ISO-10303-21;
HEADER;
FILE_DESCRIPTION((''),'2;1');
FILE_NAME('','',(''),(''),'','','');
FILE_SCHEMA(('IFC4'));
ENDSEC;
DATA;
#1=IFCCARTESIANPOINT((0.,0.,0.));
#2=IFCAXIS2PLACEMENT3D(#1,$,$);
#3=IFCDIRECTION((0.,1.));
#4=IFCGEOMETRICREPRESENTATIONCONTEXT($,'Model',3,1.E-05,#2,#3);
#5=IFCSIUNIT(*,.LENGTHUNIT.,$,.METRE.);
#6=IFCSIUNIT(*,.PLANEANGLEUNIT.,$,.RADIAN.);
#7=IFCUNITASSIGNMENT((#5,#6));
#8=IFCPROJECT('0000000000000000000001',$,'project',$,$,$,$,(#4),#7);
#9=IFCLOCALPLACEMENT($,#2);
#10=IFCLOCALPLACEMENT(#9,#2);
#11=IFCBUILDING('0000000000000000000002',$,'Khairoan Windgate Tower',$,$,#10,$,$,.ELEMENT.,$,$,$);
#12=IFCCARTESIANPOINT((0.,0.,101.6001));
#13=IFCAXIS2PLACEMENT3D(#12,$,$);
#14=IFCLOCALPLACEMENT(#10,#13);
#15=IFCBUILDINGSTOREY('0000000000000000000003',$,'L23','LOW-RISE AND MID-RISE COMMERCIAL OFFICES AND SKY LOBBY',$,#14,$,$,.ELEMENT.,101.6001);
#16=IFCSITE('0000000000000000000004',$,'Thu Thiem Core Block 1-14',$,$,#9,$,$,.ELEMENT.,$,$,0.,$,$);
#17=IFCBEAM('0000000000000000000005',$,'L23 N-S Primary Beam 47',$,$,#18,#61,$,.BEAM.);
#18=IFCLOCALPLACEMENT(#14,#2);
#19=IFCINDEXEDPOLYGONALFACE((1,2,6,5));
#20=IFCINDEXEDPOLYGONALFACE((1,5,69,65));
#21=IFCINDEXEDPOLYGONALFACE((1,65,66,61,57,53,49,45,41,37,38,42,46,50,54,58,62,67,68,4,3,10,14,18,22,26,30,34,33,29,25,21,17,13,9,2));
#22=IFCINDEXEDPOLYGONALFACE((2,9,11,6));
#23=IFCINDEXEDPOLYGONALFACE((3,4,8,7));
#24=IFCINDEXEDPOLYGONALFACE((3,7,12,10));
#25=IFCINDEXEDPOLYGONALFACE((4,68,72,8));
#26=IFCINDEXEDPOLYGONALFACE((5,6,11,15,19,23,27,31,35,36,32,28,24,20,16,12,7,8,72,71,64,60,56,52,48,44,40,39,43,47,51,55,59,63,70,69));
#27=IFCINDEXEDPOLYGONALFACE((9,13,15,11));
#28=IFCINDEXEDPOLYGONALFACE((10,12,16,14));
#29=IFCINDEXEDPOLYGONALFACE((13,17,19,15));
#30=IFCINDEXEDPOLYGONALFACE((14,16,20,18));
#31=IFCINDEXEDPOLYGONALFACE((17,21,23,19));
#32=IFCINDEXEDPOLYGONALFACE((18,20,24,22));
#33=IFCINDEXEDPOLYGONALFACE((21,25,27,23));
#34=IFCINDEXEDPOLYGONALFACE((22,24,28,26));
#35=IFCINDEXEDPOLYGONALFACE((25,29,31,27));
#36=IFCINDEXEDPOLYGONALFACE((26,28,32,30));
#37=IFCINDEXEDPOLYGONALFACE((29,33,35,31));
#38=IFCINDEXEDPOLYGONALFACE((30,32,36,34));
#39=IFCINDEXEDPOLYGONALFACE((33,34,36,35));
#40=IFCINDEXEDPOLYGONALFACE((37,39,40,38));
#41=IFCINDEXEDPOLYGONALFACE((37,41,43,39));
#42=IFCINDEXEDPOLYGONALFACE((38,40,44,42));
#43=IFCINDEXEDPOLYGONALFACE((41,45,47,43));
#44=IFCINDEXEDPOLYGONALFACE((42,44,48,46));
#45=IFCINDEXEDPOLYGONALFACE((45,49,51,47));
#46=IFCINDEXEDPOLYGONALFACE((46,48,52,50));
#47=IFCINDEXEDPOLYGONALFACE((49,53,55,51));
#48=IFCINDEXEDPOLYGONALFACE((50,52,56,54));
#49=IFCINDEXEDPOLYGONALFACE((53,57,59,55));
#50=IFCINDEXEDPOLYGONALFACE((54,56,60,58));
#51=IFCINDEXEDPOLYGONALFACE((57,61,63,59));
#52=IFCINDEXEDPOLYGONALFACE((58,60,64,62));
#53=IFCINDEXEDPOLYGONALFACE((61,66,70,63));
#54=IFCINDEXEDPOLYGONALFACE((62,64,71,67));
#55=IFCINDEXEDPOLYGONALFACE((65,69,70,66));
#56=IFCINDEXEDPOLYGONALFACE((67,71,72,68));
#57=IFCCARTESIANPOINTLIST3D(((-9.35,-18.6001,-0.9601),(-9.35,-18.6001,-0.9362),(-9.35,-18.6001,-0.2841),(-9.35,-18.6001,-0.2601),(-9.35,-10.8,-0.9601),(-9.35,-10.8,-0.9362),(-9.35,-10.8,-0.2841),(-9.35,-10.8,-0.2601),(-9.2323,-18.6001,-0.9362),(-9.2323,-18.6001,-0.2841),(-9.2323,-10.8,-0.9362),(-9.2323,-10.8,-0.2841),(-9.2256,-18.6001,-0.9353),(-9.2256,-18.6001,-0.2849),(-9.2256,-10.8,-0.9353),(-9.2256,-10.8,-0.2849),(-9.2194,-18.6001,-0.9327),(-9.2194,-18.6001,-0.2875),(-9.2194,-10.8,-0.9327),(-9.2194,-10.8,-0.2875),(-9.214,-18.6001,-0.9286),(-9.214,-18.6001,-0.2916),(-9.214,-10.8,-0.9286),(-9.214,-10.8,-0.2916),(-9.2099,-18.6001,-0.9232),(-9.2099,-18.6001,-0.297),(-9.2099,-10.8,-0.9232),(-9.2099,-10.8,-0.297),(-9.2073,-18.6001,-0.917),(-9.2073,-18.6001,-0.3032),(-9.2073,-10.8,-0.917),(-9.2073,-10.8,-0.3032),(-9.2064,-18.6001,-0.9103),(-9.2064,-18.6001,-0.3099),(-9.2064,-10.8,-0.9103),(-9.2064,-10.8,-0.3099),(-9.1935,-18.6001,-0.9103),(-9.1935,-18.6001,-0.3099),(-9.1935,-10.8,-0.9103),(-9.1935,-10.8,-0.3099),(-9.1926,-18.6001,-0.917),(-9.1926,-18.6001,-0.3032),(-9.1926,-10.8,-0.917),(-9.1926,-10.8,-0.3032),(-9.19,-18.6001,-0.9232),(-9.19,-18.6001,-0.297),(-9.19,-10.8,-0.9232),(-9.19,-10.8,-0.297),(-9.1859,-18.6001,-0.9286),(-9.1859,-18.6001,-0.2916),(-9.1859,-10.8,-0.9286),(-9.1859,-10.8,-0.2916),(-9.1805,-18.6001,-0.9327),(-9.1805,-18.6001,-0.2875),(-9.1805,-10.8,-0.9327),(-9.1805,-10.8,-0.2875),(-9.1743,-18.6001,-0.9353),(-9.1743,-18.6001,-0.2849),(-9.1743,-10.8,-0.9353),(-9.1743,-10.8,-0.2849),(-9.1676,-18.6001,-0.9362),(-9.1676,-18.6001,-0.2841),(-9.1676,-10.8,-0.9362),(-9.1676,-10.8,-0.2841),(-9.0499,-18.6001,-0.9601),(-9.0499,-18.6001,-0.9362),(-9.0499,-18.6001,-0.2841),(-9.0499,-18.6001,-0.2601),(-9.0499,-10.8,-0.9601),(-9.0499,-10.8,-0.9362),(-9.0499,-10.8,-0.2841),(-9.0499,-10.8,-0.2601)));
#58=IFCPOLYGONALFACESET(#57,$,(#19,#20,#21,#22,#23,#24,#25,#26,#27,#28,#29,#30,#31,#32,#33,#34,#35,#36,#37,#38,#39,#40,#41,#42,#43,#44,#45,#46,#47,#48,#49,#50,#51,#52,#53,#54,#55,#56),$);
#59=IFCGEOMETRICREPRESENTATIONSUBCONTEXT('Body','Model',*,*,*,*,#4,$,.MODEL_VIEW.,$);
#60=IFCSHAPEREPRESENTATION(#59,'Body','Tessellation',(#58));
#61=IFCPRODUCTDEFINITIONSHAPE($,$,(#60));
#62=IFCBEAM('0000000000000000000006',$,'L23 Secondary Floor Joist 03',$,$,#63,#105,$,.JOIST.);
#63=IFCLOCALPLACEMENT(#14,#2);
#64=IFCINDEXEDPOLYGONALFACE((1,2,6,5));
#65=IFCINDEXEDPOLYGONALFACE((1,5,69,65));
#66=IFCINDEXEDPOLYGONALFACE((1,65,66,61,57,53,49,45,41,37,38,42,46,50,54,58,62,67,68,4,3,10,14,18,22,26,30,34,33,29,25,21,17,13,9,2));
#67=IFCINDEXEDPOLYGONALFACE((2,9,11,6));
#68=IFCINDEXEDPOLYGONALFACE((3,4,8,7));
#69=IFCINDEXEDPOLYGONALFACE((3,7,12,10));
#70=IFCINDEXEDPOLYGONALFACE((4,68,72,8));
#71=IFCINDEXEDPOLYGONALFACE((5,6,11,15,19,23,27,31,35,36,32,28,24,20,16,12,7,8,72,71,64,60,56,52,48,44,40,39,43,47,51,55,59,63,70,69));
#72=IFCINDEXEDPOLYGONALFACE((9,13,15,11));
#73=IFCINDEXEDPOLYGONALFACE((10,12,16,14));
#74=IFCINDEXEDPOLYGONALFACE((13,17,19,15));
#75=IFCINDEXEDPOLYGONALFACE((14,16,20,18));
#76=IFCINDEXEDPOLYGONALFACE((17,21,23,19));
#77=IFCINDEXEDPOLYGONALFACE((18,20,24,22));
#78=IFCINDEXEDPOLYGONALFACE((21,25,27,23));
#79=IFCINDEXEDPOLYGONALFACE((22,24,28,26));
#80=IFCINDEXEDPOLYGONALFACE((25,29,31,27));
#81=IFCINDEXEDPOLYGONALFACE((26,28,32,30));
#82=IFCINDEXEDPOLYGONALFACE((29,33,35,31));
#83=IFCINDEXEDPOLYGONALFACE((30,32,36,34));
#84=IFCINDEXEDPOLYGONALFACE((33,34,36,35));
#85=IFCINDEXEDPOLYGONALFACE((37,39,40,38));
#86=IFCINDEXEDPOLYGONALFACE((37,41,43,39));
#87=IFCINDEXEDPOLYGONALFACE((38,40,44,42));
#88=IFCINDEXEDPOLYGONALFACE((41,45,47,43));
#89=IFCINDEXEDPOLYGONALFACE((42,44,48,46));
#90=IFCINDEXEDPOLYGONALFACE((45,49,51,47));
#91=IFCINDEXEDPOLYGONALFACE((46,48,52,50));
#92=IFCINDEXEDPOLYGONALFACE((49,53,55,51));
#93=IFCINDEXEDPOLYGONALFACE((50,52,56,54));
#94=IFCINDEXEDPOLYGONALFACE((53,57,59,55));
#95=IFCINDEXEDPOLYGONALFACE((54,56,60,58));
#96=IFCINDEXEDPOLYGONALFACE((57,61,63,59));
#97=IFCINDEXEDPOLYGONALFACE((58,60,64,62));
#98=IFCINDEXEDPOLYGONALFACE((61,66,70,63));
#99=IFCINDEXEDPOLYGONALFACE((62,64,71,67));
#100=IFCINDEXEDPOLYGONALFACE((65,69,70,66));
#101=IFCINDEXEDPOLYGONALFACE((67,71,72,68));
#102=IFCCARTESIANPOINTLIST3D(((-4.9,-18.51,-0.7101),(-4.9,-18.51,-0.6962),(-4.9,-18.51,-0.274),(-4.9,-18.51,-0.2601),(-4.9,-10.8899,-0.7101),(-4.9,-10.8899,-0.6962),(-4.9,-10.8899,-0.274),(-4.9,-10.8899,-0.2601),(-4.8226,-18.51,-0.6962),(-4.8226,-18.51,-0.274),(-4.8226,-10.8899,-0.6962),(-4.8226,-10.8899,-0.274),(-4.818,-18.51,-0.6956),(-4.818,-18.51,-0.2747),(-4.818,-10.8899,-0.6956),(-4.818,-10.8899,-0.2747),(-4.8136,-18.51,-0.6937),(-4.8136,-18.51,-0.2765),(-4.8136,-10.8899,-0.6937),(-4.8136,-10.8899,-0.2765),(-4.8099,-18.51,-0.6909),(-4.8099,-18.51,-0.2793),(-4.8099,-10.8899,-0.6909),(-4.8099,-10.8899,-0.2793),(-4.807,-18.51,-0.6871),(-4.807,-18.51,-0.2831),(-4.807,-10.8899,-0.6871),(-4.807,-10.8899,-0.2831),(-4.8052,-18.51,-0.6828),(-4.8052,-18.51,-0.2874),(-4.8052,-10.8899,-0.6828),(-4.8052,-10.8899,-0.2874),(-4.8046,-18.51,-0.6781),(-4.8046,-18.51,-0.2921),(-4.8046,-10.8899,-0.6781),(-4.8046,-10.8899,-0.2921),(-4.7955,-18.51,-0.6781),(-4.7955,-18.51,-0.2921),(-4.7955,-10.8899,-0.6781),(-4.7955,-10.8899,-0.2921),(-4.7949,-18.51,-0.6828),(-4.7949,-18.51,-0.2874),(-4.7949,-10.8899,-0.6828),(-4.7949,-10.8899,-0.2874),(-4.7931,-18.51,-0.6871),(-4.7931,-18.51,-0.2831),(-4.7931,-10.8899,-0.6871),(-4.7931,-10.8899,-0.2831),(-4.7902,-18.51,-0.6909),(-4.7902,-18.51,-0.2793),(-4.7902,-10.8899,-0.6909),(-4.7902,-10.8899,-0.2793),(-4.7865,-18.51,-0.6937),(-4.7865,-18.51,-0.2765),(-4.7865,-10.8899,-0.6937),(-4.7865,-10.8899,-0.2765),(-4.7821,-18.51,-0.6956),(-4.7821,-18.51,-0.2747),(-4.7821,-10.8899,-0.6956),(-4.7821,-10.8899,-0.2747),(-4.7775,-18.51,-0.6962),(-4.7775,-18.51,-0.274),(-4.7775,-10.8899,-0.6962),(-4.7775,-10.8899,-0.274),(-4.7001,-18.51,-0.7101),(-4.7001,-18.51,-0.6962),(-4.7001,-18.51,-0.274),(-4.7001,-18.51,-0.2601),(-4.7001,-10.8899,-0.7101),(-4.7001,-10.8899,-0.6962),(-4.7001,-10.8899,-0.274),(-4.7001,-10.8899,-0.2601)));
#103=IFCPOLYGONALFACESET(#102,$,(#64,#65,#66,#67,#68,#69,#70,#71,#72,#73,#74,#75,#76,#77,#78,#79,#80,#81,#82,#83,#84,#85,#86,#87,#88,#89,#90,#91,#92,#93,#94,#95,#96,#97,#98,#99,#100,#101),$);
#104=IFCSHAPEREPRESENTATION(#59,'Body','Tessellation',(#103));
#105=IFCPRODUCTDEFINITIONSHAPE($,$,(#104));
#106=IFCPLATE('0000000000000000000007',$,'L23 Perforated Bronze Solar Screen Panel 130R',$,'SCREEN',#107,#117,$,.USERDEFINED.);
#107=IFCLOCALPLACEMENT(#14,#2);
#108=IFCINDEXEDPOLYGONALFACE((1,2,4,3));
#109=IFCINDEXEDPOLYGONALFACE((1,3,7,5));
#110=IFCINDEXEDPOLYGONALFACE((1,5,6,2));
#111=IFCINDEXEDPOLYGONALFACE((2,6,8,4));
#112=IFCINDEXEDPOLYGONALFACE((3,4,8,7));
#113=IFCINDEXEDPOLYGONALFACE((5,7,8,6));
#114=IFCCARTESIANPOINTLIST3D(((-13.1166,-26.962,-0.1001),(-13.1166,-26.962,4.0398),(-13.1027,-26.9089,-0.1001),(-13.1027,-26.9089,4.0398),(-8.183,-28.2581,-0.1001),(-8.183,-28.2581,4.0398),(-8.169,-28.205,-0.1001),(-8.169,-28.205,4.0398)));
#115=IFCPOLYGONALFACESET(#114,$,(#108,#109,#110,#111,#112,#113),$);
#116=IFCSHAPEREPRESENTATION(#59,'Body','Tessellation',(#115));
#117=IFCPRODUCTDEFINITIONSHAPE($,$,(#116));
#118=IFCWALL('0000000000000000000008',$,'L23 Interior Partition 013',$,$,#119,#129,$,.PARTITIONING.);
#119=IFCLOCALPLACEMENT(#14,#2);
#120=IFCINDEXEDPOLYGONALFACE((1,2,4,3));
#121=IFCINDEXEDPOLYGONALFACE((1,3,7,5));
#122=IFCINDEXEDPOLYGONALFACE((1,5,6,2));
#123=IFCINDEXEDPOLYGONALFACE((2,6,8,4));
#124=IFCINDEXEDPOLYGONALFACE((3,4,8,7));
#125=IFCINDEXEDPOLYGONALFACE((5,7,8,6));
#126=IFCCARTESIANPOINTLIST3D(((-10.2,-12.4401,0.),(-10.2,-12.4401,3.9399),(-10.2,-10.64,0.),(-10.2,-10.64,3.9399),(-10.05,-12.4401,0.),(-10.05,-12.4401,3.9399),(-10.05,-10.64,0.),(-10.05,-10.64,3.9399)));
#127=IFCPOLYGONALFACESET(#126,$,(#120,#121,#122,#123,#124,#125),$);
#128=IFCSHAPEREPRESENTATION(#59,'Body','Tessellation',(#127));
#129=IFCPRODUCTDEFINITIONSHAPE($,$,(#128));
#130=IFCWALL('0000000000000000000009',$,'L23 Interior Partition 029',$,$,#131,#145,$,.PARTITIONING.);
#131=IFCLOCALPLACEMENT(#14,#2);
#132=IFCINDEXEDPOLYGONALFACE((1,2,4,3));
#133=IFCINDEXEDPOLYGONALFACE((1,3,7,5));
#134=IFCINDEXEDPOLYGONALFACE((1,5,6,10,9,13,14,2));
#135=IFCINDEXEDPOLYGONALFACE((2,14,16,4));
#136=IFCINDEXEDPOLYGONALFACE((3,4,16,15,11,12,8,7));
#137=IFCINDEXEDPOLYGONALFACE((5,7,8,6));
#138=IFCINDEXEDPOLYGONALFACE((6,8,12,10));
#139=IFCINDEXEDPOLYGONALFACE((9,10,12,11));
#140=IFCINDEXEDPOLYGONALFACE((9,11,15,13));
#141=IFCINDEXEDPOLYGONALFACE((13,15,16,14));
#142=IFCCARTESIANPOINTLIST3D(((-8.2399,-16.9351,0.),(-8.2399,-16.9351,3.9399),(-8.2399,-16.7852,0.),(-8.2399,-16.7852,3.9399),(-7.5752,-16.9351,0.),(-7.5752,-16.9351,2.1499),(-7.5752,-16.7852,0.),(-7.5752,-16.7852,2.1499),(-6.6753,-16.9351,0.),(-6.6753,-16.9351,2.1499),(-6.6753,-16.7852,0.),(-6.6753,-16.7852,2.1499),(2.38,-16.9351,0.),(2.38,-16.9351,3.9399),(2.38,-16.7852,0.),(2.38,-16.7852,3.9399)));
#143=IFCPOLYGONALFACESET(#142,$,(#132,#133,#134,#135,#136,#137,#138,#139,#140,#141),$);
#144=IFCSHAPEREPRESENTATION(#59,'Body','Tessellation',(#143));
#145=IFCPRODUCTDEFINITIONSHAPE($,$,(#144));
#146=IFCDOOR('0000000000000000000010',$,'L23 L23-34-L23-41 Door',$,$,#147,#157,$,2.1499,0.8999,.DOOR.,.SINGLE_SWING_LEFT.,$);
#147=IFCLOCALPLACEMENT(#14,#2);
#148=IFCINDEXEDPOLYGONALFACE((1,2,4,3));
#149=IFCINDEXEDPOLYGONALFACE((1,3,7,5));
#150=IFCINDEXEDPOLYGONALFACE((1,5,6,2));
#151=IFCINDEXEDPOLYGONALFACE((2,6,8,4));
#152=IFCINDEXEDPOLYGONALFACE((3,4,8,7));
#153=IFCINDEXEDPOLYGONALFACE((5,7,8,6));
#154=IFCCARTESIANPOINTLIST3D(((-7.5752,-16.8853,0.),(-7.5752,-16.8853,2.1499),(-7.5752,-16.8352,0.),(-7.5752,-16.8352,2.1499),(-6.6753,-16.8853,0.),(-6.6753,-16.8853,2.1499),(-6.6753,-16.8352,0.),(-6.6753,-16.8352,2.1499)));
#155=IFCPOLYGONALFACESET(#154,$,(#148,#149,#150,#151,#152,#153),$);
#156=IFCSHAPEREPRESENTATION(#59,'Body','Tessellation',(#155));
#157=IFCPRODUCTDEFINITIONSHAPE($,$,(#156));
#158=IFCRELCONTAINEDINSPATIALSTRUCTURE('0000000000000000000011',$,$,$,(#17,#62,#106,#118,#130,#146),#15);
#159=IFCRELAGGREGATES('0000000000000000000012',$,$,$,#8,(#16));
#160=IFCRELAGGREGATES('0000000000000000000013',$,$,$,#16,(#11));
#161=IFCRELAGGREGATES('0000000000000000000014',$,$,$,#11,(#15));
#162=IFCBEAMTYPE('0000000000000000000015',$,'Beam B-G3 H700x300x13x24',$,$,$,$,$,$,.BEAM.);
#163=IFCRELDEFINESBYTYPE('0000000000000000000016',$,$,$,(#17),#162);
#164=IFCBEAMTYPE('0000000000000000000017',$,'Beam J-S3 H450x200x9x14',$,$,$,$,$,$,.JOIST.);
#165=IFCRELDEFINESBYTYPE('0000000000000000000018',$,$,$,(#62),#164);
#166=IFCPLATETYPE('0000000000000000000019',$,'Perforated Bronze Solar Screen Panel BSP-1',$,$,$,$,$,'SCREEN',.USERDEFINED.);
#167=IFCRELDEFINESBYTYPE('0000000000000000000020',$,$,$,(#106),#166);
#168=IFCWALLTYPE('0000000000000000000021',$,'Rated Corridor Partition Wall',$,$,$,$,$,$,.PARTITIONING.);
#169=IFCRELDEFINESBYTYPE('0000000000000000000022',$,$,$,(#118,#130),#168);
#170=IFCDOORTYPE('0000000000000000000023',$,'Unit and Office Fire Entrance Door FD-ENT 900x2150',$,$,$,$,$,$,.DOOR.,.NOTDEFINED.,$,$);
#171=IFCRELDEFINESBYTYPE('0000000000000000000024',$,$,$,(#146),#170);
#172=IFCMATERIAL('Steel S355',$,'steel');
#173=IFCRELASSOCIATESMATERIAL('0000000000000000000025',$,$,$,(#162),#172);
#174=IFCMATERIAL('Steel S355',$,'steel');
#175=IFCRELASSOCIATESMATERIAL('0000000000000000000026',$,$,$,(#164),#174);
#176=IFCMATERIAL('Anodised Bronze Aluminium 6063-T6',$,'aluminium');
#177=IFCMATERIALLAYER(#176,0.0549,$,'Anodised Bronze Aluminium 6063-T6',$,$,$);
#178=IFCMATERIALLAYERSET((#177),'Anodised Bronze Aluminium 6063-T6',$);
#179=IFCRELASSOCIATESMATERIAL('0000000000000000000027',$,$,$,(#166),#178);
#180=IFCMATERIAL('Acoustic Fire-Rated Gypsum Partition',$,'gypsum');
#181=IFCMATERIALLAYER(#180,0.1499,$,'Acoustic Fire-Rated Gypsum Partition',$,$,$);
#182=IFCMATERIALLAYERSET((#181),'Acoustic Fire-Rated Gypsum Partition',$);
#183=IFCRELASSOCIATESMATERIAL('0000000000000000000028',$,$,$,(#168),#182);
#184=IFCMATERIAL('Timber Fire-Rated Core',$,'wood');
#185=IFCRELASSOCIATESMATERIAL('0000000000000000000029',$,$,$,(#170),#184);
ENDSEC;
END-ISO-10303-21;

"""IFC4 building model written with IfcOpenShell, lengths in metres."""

from ifc_helpers import new_model, si_unit, direction, frame, frame_2d, origin, origin_2d, place, context, subcontext, project, spatial, rectangle, i_section, extrude, material, layer, layer_set, material_profile, profile_set, type_object, element, fill, save


model = new_model("IFC4")

# Units and contexts
model_context = context("Model", 3, precision=1e-05, world=origin(), true_north=direction((0.0, 1.0)))
body_context = subcontext(model_context, "Body", "Model", "MODEL_VIEW")
ifc_project = project(units=[si_unit("LENGTHUNIT", "METRE"), si_unit("PLANEANGLEUNIT", "RADIAN")], contexts=[model_context])

# Site, building, storey
site_placement = place(None, origin())
site = spatial("IfcSite", under=ifc_project, at=site_placement, Name="Thu Thiem Core Block 1-14", CompositionType="ELEMENT", RefElevation=0.0)
building_placement = place(site_placement, origin())
building = spatial("IfcBuilding", under=site, at=building_placement, Name="Khairoan Windgate Tower", CompositionType="ELEMENT")
storey_placement = place(building_placement, frame((0.0, 0.0, 101.6001)))
storey = spatial("IfcBuildingStorey", under=building, at=storey_placement, Name="L23", Description="LOW-RISE AND MID-RISE COMMERCIAL OFFICES AND SKY LOBBY", CompositionType="ELEMENT", Elevation=101.6001)

# Beams
ifc_material_1 = material(Name="Steel S355", Category="steel")
ifc_material_profile_1 = material_profile(ifc_material_1, i_section(OverallWidth=0.3, OverallDepth=0.7, WebThickness=0.0129, FlangeThickness=0.0239, FilletRadius=0.0259, at=origin_2d()))
ifc_profile_set_1 = profile_set([ifc_material_profile_1], Name="Steel S355")
beam_type_1 = type_object("IfcBeamType", Name="Beam B-G3 H700x300x13x24", PredefinedType="BEAM", material=ifc_profile_set_1)
beam_1_placement = place(storey_placement, frame((-9.2, -18.6001, -0.6101), z_axis=(0.0, 1.0, 0.0), x_axis=(-1.0, 0.0, 0.0)))
element("IfcBeam", 1, at=beam_1_placement, inside=storey, type_object=beam_type_1, Name="L23 N-S Primary Beam 47", PredefinedType="BEAM", context=body_context, shape_type="SweptSolid", body=[
    extrude(i_section(OverallWidth=0.3, OverallDepth=0.7, WebThickness=0.0129, FlangeThickness=0.0239, FilletRadius=0.0259, at=origin_2d()), origin(), (0.0, 0.0, 1.0), 7.8),
])
ifc_material_2 = material(Name="Steel S355", Category="steel")
ifc_material_profile_2 = material_profile(ifc_material_2, i_section(OverallWidth=0.2, OverallDepth=0.45, WebThickness=0.009, FlangeThickness=0.0139, FilletRadius=0.0181, at=origin_2d()))
ifc_profile_set_2 = profile_set([ifc_material_profile_2], Name="Steel S355")
beam_type_2 = type_object("IfcBeamType", Name="Beam J-S3 H450x200x9x14", PredefinedType="JOIST", material=ifc_profile_set_2)
beam_2_placement = place(storey_placement, frame((-4.8, -18.51, -0.4851), z_axis=(0.0, 1.0, 0.0), x_axis=(-1.0, 0.0, 0.0)))
element("IfcBeam", 2, at=beam_2_placement, inside=storey, type_object=beam_type_2, Name="L23 Secondary Floor Joist 03", PredefinedType="JOIST", context=body_context, shape_type="SweptSolid", body=[
    extrude(i_section(OverallWidth=0.2, OverallDepth=0.45, WebThickness=0.009, FlangeThickness=0.0139, FilletRadius=0.0181, at=origin_2d()), origin(), (0.0, 0.0, 1.0), 7.6201),
])

# Plate
ifc_material_3 = material(Name="Anodised Bronze Aluminium 6063-T6", Category="aluminium")
ifc_layer_1 = layer(ifc_material_3, 0.0549, Name="Anodised Bronze Aluminium 6063-T6")
ifc_layer_set_1 = layer_set([ifc_layer_1], Name="Anodised Bronze Aluminium 6063-T6")
plate_type = type_object("IfcPlateType", Name="Perforated Bronze Solar Screen Panel BSP-1", ElementType="SCREEN", PredefinedType="USERDEFINED", material=ifc_layer_set_1)
plate_placement = place(storey_placement, frame((-10.6428, -27.5835, -0.1001), z_axis=(0.0, 0.0, 1.0), x_axis=(-0.967179, 0.254096, 0.0)))
element("IfcPlate", 3, at=plate_placement, inside=storey, type_object=plate_type, Name="L23 Perforated Bronze Solar Screen Panel 130R", ObjectType="SCREEN", PredefinedType="USERDEFINED", context=body_context, shape_type="SweptSolid", body=[
    extrude(rectangle(XDim=5.1011, YDim=0.0549, at=origin_2d()), origin(), (0.0, 0.0, 1.0), 4.1399),
])

# Wall
ifc_material_4 = material(Name="Acoustic Fire-Rated Gypsum Partition", Category="gypsum")
ifc_layer_2 = layer(ifc_material_4, 0.1499, Name="Acoustic Fire-Rated Gypsum Partition")
ifc_layer_set_2 = layer_set([ifc_layer_2], Name="Acoustic Fire-Rated Gypsum Partition")
wall_type_1 = type_object("IfcWallType", Name="Rated Corridor Partition Wall", PredefinedType="PARTITIONING", material=ifc_layer_set_2)
wall_1_placement = place(storey_placement, frame((-10.125, -12.4399, 0.0), z_axis=(0.0, 0.0, 1.0), x_axis=(0.0, 1.0, 0.0)))
element("IfcWall", 4, at=wall_1_placement, inside=storey, type_object=wall_type_1, Name="L23 Interior Partition 013", PredefinedType="PARTITIONING", context=body_context, shape_type="SweptSolid", body=[
    extrude(rectangle(XDim=1.8, YDim=0.1499, at=frame_2d((0.8999, 0.0))), origin(), (0.0, 0.0, 1.0), 3.9399),
])

# Wall, opening, door
wall_2_placement = place(storey_placement, frame((-8.24, -16.8601, 0.0), z_axis=(0.0, 0.0, 1.0), x_axis=(1.0, 0.0, 0.0)))
wall_2 = element("IfcWall", 5, at=wall_2_placement, inside=storey, type_object=wall_type_1, Name="L23 Interior Partition 029", PredefinedType="PARTITIONING", context=body_context, shape_type="SweptSolid", body=[
    extrude(rectangle(XDim=10.6199, YDim=0.1499, at=frame_2d((5.3101, 0.0))), origin(), (0.0, 0.0, 1.0), 3.9399),
])
opening_1_placement = place(wall_2_placement, frame((0.6648, 0.0, 0.0)))
opening_1 = element("IfcOpeningElement", 6, at=opening_1_placement, cuts=wall_2, PredefinedType="OPENING", context=body_context, shape_type="SweptSolid", body=[
    extrude(rectangle(XDim=0.8999, YDim=2.1499, at=frame_2d((0.45, 1.075))), frame((0.0, 0.085, 0.0), z_axis=(0.0, -1.0, 0.0), x_axis=(1.0, 0.0, 0.0)), (0.0, 0.0, 1.0), 0.1699),
])
ifc_material_5 = material(Name="Timber Fire-Rated Core", Category="wood")
door_type_1 = type_object("IfcDoorType", Name="Unit and Office Fire Entrance Door FD-ENT 900x2150", OperationType="NOTDEFINED", PredefinedType="DOOR", material=ifc_material_5)
door_1_placement = place(opening_1_placement, origin())
door_1 = element("IfcDoor", 7, at=door_1_placement, inside=storey, type_object=door_type_1, Name="L23 L23-34-L23-41 Door", OperationType="SINGLE_SWING_LEFT", OverallHeight=2.1499, OverallWidth=0.8999, PredefinedType="DOOR", context=body_context, shape_type="SweptSolid", body=[
    extrude(rectangle(XDim=0.8999, YDim=2.1499, at=frame_2d((0.45, 1.075))), frame((0.0, 0.0249, 0.0), z_axis=(0.0, -1.0, 0.0), x_axis=(1.0, 0.0, 0.0)), (0.0, 0.0, 1.0), 0.05),
])
fill(opening_1, door_1)

save(model, "model.ifc")
